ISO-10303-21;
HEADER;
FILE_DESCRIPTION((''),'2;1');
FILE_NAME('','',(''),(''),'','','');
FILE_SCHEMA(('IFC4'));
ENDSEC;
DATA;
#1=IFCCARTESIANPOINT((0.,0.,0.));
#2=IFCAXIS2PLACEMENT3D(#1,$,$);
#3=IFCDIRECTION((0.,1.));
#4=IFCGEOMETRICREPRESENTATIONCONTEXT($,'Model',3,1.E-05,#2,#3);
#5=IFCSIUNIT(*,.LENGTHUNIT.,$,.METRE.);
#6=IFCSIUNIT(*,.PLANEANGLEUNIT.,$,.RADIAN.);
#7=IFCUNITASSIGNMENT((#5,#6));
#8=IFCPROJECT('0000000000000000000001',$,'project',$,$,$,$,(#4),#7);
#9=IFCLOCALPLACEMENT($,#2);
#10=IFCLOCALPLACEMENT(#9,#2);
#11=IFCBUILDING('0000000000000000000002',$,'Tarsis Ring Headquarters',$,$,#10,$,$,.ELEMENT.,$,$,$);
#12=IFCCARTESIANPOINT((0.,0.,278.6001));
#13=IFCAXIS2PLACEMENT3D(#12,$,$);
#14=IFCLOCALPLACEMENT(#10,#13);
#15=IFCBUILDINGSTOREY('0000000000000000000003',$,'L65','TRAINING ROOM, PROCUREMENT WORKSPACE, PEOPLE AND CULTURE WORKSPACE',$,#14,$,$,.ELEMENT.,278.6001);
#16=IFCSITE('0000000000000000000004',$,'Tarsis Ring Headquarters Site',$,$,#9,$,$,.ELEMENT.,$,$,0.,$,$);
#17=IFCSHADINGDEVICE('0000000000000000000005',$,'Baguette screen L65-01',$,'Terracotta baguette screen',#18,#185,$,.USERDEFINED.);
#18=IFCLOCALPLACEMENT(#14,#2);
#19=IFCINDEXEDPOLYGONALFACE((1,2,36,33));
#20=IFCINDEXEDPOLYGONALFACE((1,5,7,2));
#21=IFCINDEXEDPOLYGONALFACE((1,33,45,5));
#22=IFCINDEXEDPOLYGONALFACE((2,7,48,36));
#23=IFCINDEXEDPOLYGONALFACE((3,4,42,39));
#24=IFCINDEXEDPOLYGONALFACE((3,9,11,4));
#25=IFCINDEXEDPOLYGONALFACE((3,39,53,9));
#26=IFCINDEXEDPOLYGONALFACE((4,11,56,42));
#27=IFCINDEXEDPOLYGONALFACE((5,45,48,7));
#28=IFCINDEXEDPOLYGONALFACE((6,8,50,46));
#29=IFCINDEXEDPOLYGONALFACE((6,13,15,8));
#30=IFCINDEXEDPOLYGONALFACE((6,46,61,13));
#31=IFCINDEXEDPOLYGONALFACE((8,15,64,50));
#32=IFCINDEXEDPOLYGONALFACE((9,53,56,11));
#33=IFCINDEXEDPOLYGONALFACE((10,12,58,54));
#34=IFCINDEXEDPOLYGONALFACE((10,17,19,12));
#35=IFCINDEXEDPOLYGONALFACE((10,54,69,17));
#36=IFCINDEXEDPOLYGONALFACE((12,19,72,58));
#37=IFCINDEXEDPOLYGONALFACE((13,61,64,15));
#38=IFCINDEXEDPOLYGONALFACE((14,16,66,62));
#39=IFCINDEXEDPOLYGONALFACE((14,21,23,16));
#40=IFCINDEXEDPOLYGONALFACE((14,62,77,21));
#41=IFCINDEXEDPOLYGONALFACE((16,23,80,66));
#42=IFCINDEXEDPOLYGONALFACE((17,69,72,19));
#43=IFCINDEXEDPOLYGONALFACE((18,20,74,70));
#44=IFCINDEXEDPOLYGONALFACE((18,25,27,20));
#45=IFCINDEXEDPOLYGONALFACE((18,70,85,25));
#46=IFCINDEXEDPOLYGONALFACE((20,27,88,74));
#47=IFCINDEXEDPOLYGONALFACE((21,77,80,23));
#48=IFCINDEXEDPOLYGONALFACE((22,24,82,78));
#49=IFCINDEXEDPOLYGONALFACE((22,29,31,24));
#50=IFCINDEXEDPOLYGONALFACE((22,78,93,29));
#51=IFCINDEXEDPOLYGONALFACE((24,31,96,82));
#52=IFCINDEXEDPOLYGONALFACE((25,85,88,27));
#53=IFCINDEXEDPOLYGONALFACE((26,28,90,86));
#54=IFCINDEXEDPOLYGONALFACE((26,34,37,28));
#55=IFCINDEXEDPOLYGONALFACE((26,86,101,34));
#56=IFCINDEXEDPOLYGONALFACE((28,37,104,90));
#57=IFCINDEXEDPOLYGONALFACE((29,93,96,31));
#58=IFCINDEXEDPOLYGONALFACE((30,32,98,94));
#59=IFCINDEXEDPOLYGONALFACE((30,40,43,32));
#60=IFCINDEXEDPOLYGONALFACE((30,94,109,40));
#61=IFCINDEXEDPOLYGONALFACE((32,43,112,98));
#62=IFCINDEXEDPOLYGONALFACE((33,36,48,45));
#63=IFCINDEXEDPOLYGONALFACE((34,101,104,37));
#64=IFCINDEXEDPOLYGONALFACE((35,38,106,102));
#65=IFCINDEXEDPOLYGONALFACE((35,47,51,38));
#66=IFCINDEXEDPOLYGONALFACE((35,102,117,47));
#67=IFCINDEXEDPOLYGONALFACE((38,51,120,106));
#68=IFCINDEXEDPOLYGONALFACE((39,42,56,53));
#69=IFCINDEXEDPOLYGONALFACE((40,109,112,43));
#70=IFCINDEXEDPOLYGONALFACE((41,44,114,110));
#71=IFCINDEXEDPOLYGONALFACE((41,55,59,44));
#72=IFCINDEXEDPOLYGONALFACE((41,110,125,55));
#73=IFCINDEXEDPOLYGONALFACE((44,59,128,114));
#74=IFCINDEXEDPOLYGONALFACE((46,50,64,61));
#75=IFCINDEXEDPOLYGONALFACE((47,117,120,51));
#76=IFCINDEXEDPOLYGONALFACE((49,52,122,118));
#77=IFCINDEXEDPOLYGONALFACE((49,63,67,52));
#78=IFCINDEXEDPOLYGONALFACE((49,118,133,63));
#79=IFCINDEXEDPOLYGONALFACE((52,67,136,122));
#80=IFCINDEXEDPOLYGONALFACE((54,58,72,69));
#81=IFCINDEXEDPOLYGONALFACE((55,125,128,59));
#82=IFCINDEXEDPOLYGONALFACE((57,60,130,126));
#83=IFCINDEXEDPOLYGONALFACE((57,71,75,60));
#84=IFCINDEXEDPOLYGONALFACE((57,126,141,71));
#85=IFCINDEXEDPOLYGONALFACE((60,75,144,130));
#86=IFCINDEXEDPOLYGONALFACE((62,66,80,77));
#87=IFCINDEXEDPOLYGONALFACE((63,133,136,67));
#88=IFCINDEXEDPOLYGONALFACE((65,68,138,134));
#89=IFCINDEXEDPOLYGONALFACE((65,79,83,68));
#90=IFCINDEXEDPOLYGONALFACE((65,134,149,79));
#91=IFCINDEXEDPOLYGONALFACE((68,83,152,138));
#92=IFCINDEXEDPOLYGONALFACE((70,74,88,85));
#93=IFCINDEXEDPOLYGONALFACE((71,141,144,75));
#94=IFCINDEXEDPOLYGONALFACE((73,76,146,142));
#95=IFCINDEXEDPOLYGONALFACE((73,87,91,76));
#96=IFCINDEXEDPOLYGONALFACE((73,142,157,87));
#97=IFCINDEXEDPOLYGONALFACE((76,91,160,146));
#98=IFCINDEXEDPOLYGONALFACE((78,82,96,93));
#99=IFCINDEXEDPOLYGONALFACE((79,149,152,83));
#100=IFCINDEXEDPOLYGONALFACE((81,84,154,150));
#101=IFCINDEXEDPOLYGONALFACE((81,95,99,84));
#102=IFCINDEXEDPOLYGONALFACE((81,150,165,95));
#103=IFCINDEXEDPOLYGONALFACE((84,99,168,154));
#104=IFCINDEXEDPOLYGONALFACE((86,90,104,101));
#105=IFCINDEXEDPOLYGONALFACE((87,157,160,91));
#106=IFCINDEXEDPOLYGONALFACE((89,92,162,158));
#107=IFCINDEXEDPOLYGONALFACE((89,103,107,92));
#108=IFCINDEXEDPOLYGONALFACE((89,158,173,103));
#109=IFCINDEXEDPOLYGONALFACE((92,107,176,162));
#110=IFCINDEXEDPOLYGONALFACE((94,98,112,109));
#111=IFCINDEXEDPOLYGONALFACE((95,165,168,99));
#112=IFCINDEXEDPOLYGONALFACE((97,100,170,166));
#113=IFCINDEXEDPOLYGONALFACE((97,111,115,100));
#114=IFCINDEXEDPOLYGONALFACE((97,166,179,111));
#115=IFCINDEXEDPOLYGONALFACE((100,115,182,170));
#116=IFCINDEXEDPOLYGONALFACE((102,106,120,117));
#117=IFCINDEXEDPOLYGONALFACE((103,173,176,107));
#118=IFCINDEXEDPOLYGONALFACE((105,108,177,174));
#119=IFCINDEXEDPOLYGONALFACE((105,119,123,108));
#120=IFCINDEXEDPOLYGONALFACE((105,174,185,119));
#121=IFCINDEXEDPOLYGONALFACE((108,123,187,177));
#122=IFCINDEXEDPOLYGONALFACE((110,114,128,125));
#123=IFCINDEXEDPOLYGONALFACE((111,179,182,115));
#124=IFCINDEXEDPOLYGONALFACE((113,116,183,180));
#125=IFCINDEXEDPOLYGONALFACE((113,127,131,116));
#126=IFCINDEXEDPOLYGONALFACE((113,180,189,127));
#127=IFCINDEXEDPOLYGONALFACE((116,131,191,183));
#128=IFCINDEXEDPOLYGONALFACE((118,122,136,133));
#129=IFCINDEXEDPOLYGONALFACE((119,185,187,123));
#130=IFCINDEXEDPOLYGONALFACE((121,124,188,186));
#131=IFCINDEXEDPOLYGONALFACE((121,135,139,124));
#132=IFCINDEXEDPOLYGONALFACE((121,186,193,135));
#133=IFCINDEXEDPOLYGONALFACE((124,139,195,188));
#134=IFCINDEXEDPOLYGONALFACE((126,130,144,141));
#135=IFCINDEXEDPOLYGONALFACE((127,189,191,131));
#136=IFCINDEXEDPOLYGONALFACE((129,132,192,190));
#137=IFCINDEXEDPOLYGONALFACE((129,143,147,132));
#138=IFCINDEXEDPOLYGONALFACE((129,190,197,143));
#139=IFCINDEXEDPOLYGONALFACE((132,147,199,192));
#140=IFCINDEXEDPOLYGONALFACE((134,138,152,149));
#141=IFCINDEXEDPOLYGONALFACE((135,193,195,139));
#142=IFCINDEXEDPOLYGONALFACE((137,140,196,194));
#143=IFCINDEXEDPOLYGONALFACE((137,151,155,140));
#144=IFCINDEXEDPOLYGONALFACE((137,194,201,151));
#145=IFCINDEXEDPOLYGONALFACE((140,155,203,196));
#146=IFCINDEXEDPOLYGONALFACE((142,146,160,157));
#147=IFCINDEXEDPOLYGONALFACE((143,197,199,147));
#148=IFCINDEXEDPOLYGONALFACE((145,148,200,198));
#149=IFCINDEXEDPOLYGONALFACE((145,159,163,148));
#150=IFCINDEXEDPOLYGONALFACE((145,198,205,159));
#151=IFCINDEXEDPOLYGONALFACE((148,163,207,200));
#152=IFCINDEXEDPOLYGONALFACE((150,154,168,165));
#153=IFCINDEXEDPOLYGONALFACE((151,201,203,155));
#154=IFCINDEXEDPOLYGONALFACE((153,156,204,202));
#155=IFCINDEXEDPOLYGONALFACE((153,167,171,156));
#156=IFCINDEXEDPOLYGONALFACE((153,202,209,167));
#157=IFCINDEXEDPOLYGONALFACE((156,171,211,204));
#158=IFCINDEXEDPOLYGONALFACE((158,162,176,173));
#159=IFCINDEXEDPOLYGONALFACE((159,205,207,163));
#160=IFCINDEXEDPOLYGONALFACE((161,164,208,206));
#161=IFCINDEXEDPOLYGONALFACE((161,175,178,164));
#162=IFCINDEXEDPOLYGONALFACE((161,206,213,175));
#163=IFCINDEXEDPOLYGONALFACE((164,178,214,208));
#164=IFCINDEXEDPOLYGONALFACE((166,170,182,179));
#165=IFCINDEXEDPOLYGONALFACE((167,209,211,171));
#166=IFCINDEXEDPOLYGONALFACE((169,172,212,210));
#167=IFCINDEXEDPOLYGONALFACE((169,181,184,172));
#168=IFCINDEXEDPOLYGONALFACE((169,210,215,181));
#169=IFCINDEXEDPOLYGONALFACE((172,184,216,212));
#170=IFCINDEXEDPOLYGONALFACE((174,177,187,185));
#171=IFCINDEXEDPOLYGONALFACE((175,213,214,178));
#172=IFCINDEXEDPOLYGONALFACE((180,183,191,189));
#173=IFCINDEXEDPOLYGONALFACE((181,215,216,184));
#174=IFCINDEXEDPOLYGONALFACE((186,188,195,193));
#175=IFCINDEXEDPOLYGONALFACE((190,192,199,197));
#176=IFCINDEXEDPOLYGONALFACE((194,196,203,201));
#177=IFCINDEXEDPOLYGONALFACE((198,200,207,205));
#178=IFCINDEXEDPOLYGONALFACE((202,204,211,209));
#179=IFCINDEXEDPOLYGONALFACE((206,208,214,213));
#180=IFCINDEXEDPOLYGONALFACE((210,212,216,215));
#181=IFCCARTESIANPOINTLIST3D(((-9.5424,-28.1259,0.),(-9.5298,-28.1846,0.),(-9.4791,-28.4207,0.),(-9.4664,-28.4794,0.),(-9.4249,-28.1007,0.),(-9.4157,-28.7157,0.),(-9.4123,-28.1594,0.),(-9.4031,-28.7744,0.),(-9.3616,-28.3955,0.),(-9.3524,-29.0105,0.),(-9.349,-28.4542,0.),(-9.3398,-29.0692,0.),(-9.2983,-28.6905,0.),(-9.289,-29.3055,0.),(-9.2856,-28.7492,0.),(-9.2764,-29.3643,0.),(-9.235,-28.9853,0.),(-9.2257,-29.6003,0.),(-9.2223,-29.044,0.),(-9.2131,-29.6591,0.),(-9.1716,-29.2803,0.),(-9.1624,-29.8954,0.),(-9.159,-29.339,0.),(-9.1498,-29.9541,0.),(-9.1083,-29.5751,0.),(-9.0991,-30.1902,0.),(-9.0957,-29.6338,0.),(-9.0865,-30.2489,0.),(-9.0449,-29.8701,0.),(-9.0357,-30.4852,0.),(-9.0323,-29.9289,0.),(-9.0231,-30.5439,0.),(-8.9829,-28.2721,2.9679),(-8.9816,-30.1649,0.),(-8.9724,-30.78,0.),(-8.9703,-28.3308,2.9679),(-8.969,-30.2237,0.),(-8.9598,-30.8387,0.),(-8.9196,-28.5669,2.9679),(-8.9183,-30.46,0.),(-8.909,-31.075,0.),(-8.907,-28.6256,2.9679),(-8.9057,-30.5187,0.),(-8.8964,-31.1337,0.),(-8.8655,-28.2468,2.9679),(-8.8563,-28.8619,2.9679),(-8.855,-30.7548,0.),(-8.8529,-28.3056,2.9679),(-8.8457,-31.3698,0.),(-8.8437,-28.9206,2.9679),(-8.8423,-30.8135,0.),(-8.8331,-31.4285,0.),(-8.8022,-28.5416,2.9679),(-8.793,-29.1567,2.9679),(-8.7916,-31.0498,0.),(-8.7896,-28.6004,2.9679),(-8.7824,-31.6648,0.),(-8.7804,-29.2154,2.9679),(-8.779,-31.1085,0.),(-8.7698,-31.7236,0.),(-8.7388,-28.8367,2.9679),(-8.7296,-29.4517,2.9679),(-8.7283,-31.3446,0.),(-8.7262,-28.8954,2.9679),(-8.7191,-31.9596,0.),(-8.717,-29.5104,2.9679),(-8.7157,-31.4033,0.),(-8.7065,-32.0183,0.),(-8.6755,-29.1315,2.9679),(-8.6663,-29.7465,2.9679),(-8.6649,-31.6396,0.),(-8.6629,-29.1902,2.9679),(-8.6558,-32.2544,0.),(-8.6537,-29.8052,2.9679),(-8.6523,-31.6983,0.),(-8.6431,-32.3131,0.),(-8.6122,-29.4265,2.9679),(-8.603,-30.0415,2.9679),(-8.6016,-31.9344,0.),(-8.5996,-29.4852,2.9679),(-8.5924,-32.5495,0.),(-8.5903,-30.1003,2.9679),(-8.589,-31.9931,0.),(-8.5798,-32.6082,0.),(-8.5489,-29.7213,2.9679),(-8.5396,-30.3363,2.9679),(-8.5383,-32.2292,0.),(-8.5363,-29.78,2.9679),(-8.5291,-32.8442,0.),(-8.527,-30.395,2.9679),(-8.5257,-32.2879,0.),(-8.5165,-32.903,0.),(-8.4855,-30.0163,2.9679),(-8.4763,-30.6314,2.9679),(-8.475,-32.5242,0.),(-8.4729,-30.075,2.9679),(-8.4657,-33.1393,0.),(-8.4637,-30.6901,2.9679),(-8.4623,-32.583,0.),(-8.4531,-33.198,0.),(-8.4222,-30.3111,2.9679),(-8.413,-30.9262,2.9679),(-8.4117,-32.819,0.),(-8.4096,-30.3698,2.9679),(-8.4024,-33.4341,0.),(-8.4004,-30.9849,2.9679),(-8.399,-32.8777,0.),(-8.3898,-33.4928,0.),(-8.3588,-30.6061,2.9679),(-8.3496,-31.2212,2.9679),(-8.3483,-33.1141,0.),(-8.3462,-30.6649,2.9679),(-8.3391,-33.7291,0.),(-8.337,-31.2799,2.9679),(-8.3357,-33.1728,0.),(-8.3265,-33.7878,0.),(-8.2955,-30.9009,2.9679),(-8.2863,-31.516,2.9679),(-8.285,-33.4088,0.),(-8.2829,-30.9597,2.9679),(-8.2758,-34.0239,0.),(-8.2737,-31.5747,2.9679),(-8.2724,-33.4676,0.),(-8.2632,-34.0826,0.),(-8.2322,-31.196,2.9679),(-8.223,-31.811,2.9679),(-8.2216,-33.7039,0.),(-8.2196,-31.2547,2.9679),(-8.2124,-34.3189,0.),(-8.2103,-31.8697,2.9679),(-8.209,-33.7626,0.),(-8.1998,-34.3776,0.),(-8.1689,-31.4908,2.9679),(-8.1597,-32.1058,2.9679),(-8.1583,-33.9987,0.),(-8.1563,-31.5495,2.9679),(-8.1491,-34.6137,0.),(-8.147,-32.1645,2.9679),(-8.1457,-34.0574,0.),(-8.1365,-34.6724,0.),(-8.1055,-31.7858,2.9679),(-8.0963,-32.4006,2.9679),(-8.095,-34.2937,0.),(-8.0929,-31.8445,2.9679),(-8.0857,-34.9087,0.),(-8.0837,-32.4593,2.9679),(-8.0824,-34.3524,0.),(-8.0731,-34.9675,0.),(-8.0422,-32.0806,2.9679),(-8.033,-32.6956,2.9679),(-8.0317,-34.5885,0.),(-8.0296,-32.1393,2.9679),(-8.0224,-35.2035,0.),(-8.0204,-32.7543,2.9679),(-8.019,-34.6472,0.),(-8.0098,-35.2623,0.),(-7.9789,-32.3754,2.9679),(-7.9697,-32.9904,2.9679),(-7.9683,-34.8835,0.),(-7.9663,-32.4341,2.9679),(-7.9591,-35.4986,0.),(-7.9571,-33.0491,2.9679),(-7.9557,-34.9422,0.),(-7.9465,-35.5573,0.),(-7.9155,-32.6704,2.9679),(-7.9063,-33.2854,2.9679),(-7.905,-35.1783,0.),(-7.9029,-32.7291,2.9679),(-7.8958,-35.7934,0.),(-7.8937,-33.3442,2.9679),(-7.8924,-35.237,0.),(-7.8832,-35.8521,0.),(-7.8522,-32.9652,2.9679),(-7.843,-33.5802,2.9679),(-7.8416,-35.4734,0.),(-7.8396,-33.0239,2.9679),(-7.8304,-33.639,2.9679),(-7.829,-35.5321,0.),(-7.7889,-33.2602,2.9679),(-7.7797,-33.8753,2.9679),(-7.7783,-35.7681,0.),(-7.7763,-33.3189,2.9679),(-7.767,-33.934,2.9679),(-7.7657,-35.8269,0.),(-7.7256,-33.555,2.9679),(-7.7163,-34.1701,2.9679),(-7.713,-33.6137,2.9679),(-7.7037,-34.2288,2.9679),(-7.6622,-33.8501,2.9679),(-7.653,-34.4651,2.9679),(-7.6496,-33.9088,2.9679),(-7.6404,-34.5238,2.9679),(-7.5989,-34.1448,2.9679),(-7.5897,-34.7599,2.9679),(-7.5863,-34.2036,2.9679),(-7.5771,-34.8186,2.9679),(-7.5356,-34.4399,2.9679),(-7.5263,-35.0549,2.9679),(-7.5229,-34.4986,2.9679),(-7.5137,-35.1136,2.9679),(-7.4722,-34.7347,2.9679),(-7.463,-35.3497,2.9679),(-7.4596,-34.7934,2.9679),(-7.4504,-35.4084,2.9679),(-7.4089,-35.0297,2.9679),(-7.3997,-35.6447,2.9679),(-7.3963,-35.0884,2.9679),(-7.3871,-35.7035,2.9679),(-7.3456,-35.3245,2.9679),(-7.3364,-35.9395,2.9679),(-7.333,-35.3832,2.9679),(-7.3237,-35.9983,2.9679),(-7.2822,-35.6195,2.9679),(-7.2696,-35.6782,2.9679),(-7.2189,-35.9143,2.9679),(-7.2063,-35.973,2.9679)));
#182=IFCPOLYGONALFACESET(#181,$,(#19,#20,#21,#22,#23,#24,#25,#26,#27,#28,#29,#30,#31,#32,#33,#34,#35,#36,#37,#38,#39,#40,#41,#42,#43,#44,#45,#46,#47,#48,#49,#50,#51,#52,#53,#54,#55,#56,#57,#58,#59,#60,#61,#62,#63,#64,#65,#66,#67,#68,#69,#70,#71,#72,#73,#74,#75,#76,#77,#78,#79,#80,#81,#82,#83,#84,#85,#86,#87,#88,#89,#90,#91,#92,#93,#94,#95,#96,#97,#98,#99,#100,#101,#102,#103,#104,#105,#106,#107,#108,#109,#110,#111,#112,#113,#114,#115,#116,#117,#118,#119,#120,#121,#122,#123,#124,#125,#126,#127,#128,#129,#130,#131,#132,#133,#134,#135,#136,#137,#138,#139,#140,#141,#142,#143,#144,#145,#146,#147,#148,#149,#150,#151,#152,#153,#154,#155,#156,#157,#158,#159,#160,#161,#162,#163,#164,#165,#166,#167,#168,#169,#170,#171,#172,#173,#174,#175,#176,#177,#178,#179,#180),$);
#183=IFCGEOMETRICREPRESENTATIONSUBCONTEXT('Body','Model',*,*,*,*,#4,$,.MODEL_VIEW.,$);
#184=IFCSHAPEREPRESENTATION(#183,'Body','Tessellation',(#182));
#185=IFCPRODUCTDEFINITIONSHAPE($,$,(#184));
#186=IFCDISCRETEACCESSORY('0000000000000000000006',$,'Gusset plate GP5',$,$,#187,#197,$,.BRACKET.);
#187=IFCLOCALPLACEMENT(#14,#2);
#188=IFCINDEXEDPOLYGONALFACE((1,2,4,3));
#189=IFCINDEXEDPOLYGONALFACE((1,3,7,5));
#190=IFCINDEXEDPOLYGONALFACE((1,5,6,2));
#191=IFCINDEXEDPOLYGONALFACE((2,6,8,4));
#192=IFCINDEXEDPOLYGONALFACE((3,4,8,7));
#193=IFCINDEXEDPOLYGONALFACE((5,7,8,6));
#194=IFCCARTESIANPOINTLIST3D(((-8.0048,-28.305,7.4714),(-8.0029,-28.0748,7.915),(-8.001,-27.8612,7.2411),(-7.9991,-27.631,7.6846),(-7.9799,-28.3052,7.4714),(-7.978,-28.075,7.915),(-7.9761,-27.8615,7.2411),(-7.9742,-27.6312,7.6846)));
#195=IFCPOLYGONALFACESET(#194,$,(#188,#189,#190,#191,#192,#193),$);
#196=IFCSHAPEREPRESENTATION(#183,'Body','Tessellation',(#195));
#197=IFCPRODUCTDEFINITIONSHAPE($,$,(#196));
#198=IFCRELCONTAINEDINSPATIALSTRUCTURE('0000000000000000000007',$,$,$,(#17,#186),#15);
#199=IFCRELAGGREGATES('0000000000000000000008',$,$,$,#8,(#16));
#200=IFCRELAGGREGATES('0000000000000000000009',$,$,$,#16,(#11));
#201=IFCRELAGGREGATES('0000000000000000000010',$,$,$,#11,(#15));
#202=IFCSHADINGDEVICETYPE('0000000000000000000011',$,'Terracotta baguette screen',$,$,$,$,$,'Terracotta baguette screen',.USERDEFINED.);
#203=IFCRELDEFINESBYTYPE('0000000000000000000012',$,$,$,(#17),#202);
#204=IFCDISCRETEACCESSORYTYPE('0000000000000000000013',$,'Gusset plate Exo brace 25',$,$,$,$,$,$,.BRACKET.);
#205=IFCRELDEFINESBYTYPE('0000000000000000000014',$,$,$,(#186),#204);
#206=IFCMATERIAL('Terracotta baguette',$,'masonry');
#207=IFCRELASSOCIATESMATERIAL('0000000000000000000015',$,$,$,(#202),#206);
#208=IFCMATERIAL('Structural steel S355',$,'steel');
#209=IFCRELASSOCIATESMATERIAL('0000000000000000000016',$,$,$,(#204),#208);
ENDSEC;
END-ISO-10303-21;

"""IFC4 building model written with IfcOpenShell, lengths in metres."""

from ifc_helpers import new_model, si_unit, direction, frame, frame_2d, origin, origin_2d, place, context, subcontext, project, spatial, rectangle, composite_profile, extrude, material, material_profile, profile_set, type_object, element, save


model = new_model("IFC4")

# Units and contexts
model_context = context("Model", 3, precision=1e-05, world=origin(), true_north=direction((0.0, 1.0)))
body_context = subcontext(model_context, "Body", "Model", "MODEL_VIEW")
ifc_project = project(units=[si_unit("LENGTHUNIT", "METRE"), si_unit("PLANEANGLEUNIT", "RADIAN")], contexts=[model_context])

# Site, building, storey
site_placement = place(None, origin())
site = spatial("IfcSite", under=ifc_project, at=site_placement, Name="Tarsis Ring Headquarters Site", CompositionType="ELEMENT", RefElevation=0.0)
building_placement = place(site_placement, origin())
building = spatial("IfcBuilding", under=site, at=building_placement, Name="Tarsis Ring Headquarters", CompositionType="ELEMENT")
storey_placement = place(building_placement, frame((0.0, 0.0, 278.6001)))
storey = spatial("IfcBuildingStorey", under=building, at=storey_placement, Name="L65", Description="TRAINING ROOM, PROCUREMENT WORKSPACE, PEOPLE AND CULTURE WORKSPACE", CompositionType="ELEMENT", Elevation=278.6001)

# Shared definitions
ifc_material_1 = material(Name="Structural steel S355", Category="steel")

# Shading device
ifc_material_2 = material(Name="Terracotta baguette", Category="masonry")
shading_device_type = type_object("IfcShadingDeviceType", Name="Terracotta baguette screen", ElementType="Terracotta baguette screen", PredefinedType="USERDEFINED", material=ifc_material_2)
shading_device_placement = place(storey_placement, frame((-9.4836, -28.1133, 0.0), z_axis=(0.0, 0.0, 1.0), x_axis=(0.209967, -0.977724, 0.0)))
element("IfcShadingDevice", 1, at=shading_device_placement, inside=storey, type_object=shading_device_type, Name="Baguette screen L65-01", ObjectType="Terracotta baguette screen", PredefinedType="USERDEFINED", context=body_context, shape_type="SweptSolid", body=[
    extrude(composite_profile([rectangle(XDim=0.0601, YDim=0.1201, at=frame_2d((0.03, 0.0))), rectangle(XDim=0.0601, YDim=0.1201, at=frame_2d((0.3315, 0.0))), rectangle(XDim=0.0601, YDim=0.1201, at=frame_2d((0.6333, 0.0))), rectangle(XDim=0.0601, YDim=0.1201, at=frame_2d((0.9348, 0.0))), rectangle(XDim=0.0601, YDim=0.1201, at=frame_2d((1.2366, 0.0))), rectangle(XDim=0.0601, YDim=0.1201, at=frame_2d((1.5381, 0.0))), rectangle(XDim=0.0601, YDim=0.1201, at=frame_2d((1.8398, 0.0))), rectangle(XDim=0.0601, YDim=0.1201, at=frame_2d((2.1414, 0.0))), rectangle(XDim=0.0601, YDim=0.1201, at=frame_2d((2.4431, 0.0))), rectangle(XDim=0.0601, YDim=0.1201, at=frame_2d((2.7446, 0.0))), rectangle(XDim=0.0601, YDim=0.1201, at=frame_2d((3.0464, 0.0))), rectangle(XDim=0.0601, YDim=0.1201, at=frame_2d((3.3479, 0.0))), rectangle(XDim=0.0601, YDim=0.1201, at=frame_2d((3.6497, 0.0))), rectangle(XDim=0.0601, YDim=0.1201, at=frame_2d((3.9512, 0.0))), rectangle(XDim=0.0601, YDim=0.1201, at=frame_2d((4.2527, 0.0))), rectangle(XDim=0.0601, YDim=0.1201, at=frame_2d((4.5544, 0.0))), rectangle(XDim=0.0601, YDim=0.1201, at=frame_2d((4.856, 0.0))), rectangle(XDim=0.0601, YDim=0.1201, at=frame_2d((5.1577, 0.0))), rectangle(XDim=0.0601, YDim=0.1201, at=frame_2d((5.4592, 0.0))), rectangle(XDim=0.0601, YDim=0.1201, at=frame_2d((5.761, 0.0))), rectangle(XDim=0.0601, YDim=0.1201, at=frame_2d((6.0625, 0.0))), rectangle(XDim=0.0601, YDim=0.1201, at=frame_2d((6.3643, 0.0))), rectangle(XDim=0.0601, YDim=0.1201, at=frame_2d((6.6658, 0.0))), rectangle(XDim=0.0601, YDim=0.1201, at=frame_2d((6.9675, 0.0))), rectangle(XDim=0.0601, YDim=0.1201, at=frame_2d((7.269, 0.0))), rectangle(XDim=0.0601, YDim=0.1201, at=frame_2d((7.5708, 0.0))), rectangle(XDim=0.0601, YDim=0.1201, at=frame_2d((7.8723, 0.0)))]), origin(), (0.086111, 0.170737, 0.981547), 3.0237),
])

# Discrete accessory
ifc_material_profile_1 = material_profile(ifc_material_1, rectangle(XDim=0.0249, YDim=0.5, at=origin_2d()), Name="PL 25x500")
ifc_profile_set_1 = profile_set([ifc_material_profile_1], Name="Structural steel S355")
discrete_accessory_type = type_object("IfcDiscreteAccessoryType", Name="Gusset plate Exo brace 25", PredefinedType="BRACKET", material=ifc_profile_set_1)
discrete_accessory_placement = place(storey_placement, frame((-7.9885, -27.853, 7.7998), z_axis=(-0.003908, -0.460642, -0.887578), x_axis=(0.999964, -0.008483, 0.0)))
element("IfcDiscreteAccessory", 2, at=discrete_accessory_placement, inside=storey, type_object=discrete_accessory_type, Name="Gusset plate GP5", PredefinedType="BRACKET", context=body_context, shape_type="SweptSolid", body=[
    extrude(rectangle(XDim=0.0249, YDim=0.5, at=origin_2d()), origin(), (0.0, 0.0, 1.0), 0.4998),
])

save(model, "model.ifc")
